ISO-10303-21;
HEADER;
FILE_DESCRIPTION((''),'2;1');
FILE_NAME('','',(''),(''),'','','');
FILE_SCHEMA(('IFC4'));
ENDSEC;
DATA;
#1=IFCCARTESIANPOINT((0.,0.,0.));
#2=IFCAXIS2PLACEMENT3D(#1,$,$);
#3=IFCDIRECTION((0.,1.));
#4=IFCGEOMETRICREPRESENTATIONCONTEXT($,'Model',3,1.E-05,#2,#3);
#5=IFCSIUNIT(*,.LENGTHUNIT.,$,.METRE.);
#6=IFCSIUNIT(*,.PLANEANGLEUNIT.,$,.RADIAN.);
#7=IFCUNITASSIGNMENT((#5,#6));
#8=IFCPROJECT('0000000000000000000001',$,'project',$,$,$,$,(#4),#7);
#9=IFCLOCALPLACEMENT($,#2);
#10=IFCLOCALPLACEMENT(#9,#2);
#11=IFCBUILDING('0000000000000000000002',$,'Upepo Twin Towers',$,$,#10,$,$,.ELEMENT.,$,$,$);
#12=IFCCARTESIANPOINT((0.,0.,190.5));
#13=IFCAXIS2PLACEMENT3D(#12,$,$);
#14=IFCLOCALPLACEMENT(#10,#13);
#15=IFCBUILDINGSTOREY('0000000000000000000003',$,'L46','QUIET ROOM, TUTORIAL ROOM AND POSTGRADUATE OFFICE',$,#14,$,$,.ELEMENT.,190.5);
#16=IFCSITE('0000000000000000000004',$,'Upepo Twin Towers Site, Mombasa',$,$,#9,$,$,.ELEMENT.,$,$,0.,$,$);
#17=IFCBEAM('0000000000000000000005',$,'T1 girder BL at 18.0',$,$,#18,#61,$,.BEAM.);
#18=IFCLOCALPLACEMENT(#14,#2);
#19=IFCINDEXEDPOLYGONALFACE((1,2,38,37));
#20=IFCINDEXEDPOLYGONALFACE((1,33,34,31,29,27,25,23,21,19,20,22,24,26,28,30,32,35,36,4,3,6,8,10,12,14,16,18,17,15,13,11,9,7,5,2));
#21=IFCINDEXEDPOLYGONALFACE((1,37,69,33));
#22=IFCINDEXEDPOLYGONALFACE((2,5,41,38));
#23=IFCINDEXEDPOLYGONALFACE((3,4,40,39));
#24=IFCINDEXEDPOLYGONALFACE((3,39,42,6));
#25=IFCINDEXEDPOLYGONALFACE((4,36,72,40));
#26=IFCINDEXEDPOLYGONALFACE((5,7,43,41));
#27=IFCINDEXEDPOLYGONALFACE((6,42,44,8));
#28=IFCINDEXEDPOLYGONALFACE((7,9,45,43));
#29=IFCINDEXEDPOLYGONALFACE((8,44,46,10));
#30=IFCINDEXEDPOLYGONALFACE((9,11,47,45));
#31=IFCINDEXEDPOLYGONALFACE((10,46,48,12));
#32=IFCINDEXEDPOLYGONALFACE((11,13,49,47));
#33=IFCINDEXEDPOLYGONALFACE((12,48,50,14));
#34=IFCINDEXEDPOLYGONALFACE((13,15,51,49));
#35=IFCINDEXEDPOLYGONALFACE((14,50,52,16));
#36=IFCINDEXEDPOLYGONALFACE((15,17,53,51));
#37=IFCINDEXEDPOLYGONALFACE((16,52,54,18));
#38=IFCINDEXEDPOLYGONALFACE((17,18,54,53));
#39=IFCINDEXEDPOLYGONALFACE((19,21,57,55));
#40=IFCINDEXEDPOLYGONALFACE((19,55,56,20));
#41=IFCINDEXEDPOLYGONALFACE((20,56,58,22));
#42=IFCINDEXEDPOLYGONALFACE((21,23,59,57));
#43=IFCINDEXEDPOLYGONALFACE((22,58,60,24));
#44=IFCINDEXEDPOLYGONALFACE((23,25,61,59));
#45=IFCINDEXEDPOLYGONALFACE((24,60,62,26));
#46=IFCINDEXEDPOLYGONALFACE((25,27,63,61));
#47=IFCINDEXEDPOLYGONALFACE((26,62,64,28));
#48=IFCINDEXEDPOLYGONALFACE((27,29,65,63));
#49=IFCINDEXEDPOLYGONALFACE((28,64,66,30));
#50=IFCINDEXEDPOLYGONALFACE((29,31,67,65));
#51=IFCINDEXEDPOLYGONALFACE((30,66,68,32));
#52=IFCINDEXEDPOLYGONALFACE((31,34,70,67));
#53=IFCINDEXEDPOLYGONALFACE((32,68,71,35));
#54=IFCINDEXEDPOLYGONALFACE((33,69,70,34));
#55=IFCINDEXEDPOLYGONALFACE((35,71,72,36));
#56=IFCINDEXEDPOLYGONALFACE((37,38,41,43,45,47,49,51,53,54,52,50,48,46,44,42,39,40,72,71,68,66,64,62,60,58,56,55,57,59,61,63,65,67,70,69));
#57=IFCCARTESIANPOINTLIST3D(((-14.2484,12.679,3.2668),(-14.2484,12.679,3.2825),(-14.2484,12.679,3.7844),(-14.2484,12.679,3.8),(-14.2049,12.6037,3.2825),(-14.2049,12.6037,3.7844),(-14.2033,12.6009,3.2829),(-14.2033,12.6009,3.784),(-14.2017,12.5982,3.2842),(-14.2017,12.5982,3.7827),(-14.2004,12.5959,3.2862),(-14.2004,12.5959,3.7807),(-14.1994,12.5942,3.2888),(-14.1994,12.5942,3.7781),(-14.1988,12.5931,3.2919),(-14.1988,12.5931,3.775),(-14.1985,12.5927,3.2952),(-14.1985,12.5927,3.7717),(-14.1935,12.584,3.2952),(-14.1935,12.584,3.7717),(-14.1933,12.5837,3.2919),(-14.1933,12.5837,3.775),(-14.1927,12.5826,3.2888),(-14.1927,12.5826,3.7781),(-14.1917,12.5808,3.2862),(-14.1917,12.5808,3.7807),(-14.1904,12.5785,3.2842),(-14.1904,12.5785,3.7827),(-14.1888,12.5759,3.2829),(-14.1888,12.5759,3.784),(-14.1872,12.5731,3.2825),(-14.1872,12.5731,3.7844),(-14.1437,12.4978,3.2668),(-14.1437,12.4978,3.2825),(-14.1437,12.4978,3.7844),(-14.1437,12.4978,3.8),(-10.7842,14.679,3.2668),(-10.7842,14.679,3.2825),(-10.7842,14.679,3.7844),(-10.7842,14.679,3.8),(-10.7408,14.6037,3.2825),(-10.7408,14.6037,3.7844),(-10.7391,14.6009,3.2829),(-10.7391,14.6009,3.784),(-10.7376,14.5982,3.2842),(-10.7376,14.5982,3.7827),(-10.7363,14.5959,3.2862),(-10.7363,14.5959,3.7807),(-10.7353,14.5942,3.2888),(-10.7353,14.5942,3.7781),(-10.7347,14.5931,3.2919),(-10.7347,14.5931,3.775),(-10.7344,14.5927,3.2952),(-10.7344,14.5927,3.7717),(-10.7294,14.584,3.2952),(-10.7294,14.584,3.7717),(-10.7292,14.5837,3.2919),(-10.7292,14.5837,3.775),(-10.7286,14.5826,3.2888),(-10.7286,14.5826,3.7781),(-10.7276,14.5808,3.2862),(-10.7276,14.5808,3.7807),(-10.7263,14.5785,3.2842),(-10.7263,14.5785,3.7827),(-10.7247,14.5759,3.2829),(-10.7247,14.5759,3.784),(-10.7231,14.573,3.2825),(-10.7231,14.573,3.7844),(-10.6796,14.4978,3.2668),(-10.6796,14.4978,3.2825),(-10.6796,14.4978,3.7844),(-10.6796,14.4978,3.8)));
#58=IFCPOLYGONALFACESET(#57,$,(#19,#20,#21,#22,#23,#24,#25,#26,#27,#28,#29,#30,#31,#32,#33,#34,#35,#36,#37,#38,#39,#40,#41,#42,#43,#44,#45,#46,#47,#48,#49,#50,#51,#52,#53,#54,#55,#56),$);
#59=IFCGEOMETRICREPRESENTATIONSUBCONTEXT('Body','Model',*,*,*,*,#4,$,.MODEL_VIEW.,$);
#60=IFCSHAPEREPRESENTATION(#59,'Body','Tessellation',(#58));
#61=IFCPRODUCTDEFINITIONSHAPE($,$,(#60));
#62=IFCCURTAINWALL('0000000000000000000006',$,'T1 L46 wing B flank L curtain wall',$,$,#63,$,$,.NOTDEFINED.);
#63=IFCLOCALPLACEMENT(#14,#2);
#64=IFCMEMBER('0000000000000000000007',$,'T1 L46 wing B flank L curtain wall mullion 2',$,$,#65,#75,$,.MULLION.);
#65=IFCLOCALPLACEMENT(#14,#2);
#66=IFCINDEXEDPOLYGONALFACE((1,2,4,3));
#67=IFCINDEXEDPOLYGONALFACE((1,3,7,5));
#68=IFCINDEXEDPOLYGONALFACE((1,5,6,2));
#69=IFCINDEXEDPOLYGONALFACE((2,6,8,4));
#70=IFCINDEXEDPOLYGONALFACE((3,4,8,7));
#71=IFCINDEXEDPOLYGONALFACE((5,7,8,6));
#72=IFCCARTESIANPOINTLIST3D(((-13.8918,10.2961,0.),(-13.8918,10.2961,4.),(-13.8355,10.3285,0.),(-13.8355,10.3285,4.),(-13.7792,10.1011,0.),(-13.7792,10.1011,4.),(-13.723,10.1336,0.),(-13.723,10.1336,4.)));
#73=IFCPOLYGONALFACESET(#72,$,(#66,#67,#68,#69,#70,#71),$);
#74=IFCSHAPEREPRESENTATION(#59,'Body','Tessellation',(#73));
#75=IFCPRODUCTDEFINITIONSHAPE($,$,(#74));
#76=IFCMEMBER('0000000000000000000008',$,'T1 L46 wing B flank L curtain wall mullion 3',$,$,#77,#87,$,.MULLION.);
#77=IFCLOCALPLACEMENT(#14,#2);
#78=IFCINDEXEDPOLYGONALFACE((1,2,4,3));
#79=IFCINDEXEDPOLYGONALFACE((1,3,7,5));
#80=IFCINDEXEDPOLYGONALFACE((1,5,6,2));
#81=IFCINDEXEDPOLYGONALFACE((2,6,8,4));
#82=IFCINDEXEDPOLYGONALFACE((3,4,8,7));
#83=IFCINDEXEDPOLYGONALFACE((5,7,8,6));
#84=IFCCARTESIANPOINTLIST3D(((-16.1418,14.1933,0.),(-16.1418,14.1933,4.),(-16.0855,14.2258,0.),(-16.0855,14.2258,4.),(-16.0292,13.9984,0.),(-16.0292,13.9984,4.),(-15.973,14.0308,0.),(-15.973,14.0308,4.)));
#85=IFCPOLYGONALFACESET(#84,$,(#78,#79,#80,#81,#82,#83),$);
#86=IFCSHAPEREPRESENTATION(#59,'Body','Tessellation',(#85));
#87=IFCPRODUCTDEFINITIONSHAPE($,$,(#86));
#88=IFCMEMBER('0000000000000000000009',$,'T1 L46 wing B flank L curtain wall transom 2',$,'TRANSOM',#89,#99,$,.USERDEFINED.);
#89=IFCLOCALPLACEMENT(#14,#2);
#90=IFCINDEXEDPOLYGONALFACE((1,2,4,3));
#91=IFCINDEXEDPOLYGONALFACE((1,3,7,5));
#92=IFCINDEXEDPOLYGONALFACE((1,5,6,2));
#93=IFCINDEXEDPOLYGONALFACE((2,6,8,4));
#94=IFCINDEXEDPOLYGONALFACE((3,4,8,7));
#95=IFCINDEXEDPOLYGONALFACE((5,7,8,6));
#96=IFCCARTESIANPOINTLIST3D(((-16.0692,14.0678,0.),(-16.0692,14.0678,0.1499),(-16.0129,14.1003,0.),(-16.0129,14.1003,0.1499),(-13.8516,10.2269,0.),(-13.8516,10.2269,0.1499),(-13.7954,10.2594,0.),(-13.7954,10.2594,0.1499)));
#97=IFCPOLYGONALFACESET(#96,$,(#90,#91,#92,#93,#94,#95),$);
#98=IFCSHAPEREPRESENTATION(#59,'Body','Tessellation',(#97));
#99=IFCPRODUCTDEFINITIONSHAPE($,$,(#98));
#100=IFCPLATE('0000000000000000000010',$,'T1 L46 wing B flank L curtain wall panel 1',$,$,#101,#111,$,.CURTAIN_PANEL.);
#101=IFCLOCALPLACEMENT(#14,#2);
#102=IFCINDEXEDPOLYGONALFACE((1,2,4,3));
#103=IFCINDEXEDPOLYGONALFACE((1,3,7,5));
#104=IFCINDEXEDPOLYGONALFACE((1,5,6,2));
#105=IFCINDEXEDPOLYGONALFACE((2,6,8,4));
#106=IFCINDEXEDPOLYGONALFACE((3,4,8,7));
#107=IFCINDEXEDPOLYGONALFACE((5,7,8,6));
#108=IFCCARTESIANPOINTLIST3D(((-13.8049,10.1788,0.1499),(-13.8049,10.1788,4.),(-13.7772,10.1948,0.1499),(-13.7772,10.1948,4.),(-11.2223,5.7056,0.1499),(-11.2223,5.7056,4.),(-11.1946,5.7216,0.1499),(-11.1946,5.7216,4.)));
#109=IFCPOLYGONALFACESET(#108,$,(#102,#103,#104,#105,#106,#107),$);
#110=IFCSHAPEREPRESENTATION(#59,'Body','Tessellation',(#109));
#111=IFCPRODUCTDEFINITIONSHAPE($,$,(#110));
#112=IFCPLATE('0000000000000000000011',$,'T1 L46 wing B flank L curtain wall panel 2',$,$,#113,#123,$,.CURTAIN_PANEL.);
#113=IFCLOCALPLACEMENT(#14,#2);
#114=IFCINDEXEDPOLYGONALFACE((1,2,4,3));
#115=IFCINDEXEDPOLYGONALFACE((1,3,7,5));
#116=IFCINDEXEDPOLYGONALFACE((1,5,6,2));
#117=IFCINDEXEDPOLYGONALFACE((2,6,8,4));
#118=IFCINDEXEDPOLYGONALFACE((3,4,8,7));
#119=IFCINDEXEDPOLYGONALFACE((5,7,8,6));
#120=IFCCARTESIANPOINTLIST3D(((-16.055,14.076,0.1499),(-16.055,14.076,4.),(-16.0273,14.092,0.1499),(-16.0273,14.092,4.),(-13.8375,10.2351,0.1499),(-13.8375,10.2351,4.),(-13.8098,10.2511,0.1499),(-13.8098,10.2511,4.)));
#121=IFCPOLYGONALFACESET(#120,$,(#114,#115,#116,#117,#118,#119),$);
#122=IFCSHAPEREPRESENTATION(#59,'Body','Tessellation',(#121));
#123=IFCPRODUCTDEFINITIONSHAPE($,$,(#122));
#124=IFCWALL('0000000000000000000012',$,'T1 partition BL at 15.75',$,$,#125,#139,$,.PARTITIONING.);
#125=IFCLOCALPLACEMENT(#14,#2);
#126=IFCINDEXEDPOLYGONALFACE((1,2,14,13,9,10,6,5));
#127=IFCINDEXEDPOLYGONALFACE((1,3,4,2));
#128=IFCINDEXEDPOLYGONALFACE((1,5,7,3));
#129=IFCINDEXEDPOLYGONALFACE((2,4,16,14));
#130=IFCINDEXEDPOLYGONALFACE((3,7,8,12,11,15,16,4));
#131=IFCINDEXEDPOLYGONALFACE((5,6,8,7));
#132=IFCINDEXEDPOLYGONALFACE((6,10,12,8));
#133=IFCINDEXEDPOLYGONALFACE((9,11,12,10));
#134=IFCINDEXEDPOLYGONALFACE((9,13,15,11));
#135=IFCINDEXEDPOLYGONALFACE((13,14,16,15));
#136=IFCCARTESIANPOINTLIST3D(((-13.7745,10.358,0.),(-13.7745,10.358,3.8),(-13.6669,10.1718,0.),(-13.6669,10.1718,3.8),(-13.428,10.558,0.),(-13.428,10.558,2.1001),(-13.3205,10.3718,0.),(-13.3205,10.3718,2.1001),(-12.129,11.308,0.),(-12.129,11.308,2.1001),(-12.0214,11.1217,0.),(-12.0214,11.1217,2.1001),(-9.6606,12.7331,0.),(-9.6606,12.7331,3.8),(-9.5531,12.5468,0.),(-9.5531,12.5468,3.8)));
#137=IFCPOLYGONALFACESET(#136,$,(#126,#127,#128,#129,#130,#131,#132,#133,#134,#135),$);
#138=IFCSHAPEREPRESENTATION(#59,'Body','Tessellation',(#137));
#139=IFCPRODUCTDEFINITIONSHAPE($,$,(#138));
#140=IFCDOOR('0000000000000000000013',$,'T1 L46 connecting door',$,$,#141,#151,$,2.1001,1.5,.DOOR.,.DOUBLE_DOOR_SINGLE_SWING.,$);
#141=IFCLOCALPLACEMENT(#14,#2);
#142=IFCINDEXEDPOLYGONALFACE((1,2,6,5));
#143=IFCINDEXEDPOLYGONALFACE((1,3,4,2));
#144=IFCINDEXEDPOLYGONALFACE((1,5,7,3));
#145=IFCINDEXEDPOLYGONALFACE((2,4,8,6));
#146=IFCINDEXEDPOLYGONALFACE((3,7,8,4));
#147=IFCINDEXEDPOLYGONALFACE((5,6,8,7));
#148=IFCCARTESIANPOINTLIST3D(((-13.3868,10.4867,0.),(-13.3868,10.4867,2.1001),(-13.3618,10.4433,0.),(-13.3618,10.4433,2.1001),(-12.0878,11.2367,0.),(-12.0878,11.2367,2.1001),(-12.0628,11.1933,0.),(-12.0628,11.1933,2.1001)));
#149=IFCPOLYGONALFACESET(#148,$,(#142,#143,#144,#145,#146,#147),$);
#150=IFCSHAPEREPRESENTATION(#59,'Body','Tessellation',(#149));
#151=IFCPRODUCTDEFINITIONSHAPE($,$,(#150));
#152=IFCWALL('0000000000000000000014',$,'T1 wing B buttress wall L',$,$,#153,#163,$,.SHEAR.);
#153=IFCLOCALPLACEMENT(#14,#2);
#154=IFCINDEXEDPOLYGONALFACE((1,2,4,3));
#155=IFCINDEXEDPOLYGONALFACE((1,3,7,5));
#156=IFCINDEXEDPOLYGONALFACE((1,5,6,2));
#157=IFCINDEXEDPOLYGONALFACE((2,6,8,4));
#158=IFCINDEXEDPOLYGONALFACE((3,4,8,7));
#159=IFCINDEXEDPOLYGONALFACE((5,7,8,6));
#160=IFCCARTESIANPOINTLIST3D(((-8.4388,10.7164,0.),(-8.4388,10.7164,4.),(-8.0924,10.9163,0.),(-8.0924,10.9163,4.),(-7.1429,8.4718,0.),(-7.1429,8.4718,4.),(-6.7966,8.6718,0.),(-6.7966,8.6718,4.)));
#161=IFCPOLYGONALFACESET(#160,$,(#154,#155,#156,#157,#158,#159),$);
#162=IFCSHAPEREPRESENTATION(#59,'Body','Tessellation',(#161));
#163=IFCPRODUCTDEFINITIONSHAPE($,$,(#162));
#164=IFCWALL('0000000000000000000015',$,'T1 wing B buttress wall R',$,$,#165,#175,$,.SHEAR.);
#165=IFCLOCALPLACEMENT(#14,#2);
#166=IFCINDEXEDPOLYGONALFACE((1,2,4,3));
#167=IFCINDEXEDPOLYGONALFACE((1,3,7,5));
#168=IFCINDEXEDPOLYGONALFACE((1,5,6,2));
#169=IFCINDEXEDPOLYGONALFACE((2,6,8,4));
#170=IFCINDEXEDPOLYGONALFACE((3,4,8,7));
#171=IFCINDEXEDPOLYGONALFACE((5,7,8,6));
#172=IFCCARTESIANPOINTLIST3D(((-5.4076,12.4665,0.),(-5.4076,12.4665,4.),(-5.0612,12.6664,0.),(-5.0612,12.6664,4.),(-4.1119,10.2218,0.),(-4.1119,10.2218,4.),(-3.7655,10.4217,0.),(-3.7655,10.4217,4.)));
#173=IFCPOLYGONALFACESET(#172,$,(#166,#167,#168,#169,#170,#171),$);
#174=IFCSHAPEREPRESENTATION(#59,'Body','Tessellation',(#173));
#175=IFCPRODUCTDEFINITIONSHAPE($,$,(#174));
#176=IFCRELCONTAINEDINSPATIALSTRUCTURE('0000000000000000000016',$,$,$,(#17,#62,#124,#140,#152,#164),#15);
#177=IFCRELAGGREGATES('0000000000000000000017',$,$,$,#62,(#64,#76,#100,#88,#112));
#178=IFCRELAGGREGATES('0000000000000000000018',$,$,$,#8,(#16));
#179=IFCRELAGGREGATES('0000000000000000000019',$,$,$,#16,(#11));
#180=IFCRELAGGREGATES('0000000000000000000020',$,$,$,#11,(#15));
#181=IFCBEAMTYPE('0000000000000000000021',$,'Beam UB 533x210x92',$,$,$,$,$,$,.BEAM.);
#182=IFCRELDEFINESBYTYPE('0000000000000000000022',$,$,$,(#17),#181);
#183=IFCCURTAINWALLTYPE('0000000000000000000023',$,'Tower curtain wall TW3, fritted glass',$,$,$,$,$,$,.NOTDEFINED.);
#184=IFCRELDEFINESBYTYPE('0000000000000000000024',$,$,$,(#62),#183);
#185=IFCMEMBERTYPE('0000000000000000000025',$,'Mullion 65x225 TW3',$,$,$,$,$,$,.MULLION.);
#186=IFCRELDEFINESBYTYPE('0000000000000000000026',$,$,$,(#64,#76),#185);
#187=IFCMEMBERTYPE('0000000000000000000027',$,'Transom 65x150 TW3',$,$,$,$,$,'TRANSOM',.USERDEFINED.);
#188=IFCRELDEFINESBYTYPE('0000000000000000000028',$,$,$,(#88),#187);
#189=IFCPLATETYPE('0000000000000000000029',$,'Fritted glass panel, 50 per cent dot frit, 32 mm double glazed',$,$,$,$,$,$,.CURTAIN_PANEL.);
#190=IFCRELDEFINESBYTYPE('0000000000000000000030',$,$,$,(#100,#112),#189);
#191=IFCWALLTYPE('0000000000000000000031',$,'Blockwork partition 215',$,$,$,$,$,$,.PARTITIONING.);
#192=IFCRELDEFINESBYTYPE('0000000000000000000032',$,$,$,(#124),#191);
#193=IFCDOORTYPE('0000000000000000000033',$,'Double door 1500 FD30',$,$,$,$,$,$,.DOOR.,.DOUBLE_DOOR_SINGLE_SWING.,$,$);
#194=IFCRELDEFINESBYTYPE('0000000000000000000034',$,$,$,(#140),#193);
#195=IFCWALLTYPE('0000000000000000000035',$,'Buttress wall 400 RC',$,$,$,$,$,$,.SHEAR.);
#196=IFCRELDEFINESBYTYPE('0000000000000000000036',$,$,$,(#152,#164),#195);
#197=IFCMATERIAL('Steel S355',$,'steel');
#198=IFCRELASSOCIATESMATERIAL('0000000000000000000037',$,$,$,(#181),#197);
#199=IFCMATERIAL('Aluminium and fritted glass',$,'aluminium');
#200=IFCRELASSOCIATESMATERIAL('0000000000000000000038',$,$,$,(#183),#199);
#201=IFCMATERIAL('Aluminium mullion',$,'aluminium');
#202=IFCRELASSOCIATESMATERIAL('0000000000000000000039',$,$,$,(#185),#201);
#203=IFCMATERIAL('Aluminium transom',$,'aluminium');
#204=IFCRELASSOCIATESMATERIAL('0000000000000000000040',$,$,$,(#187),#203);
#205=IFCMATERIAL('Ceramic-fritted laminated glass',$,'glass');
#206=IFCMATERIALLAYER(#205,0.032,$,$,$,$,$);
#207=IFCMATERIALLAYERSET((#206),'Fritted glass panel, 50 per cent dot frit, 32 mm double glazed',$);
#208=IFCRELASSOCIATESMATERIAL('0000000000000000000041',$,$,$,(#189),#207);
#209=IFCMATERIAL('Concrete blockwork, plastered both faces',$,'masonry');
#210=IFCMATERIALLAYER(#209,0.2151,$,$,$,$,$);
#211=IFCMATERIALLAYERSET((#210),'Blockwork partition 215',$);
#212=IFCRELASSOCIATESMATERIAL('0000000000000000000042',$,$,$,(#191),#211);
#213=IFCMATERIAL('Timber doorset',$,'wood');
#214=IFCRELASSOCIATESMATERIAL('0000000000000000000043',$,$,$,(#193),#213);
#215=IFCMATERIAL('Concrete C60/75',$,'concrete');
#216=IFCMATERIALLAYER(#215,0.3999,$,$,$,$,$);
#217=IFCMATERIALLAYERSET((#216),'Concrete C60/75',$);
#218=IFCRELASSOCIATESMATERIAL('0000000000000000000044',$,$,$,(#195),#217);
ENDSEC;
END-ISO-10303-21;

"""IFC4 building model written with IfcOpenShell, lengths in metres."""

from ifc_helpers import new_model, si_unit, direction, frame, frame_2d, origin, origin_2d, place, context, subcontext, project, spatial, rectangle, i_section, extrude, material, layer, layer_set, material_profile, profile_set, type_object, element, fill, aggregate, save


model = new_model("IFC4")

# Units and contexts
model_context = context("Model", 3, precision=1e-05, world=origin(), true_north=direction((0.0, 1.0)))
body_context = subcontext(model_context, "Body", "Model", "MODEL_VIEW")
ifc_project = project(units=[si_unit("LENGTHUNIT", "METRE"), si_unit("PLANEANGLEUNIT", "RADIAN")], contexts=[model_context])

# Site, building, storey
site_placement = place(None, origin())
site = spatial("IfcSite", under=ifc_project, at=site_placement, Name="Upepo Twin Towers Site, Mombasa", CompositionType="ELEMENT", RefElevation=0.0)
building_placement = place(site_placement, origin())
building = spatial("IfcBuilding", under=site, at=building_placement, Name="Upepo Twin Towers", CompositionType="ELEMENT")
storey_placement = place(building_placement, frame((0.0, 0.0, 190.5)))
storey = spatial("IfcBuildingStorey", under=building, at=storey_placement, Name="L46", Description="QUIET ROOM, TUTORIAL ROOM AND POSTGRADUATE OFFICE", CompositionType="ELEMENT", Elevation=190.5)

# Beam
ifc_material_1 = material(Name="Steel S355", Category="steel")
ifc_material_profile_1 = material_profile(ifc_material_1, i_section(OverallWidth=0.2092, OverallDepth=0.5332, WebThickness=0.01, FlangeThickness=0.0156, FilletRadius=0.0127, at=origin_2d()), Name="UB 533x210x92")
ifc_profile_set_1 = profile_set([ifc_material_profile_1], Name="Steel S355")
beam_type_1 = type_object("IfcBeamType", Name="Beam UB 533x210x92", PredefinedType="BEAM", material=ifc_profile_set_1)
for number, where, z_axis, x_axis, name in (
    (1, (-14.196, 12.5884, 3.5334), (0.866026, 0.499999, 0.0), (-0.499999, 0.866026, 0.0), "T1 girder BL at 18.0"),
):
    element("IfcBeam", number, at=place(storey_placement, frame(where, z_axis=z_axis, x_axis=x_axis)), inside=storey, type_object=beam_type_1, Name=name, PredefinedType="BEAM", context=body_context, shape_type="SweptSolid", body=[
        extrude(i_section(OverallWidth=0.2092, OverallDepth=0.5332, WebThickness=0.01, FlangeThickness=0.0156, FilletRadius=0.0127, at=origin_2d()), origin(), (0.0, 0.0, 1.0), 4.0),
    ])

# Curtain wall, members, plates
ifc_material_2 = material(Name="Aluminium and fritted glass", Category="aluminium")
curtain_wall_type = type_object("IfcCurtainWallType", Name="Tower curtain wall TW3, fritted glass", PredefinedType="NOTDEFINED", material=ifc_material_2)
curtain_wall_placement = place(storey_placement, origin())
curtain_wall = element("IfcCurtainWall", 2, at=curtain_wall_placement, inside=storey, type_object=curtain_wall_type, Name="T1 L46 wing B flank L curtain wall", PredefinedType="NOTDEFINED")
ifc_material_3 = material(Name="Aluminium mullion", Category="aluminium")
ifc_material_profile_2 = material_profile(ifc_material_3, rectangle(XDim=0.0649, YDim=0.2251, at=origin_2d()), Name="MULLION 65x225")
ifc_profile_set_2 = profile_set([ifc_material_profile_2], Name="Aluminium mullion")
member_type_1 = type_object("IfcMemberType", Name="Mullion 65x225 TW3", PredefinedType="MULLION", material=ifc_profile_set_2)
member_1_placement = place(storey_placement, frame((-13.8074, 10.2148, 0.0), z_axis=(0.0, 0.0, 1.0), x_axis=(-0.866025, -0.5, 0.0)))
member_1 = element("IfcMember", 3, at=member_1_placement, type_object=member_type_1, Name="T1 L46 wing B flank L curtain wall mullion 2", PredefinedType="MULLION", context=body_context, shape_type="SweptSolid", body=[
    extrude(rectangle(XDim=0.0649, YDim=0.2251, at=origin_2d()), origin(), (0.0, 0.0, 1.0), 4.0),
])
member_2_placement = place(storey_placement, frame((-16.0574, 14.1121, 0.0), z_axis=(0.0, 0.0, 1.0), x_axis=(-0.866025, -0.5, 0.0)))
member_2 = element("IfcMember", 4, at=member_2_placement, type_object=member_type_1, Name="T1 L46 wing B flank L curtain wall mullion 3", PredefinedType="MULLION", context=body_context, shape_type="SweptSolid", body=[
    extrude(rectangle(XDim=0.0649, YDim=0.2251, at=origin_2d()), origin(), (0.0, 0.0, 1.0), 4.0),
])
ifc_material_4 = material(Name="Aluminium transom", Category="aluminium")
ifc_material_profile_3 = material_profile(ifc_material_4, rectangle(XDim=0.0649, YDim=0.1499, at=origin_2d()), Name="TRANSOM 65x150")
ifc_profile_set_3 = profile_set([ifc_material_profile_3], Name="Aluminium transom")
member_type_2 = type_object("IfcMemberType", Name="Transom 65x150 TW3", ElementType="TRANSOM", PredefinedType="USERDEFINED", material=ifc_profile_set_3)
member_3_placement = place(storey_placement, frame((-13.8235, 10.2432, 0.075), z_axis=(-0.500005, 0.866022, 0.0), x_axis=(-0.866022, -0.500005, 0.0)))
member_3 = element("IfcMember", 5, at=member_3_placement, type_object=member_type_2, Name="T1 L46 wing B flank L curtain wall transom 2", ObjectType="TRANSOM", PredefinedType="USERDEFINED", context=body_context, shape_type="SweptSolid", body=[
    extrude(rectangle(XDim=0.0649, YDim=0.1499, at=origin_2d()), origin(), (0.0, 0.0, 1.0), 4.4351),
])
ifc_material_5 = material(Name="Ceramic-fritted laminated glass", Category="glass")
ifc_layer_1 = layer(ifc_material_5, 0.032)
ifc_layer_set_1 = layer_set([ifc_layer_1], Name="Fritted glass panel, 50 per cent dot frit, 32 mm double glazed")
plate_type = type_object("IfcPlateType", Name="Fritted glass panel, 50 per cent dot frit, 32 mm double glazed", PredefinedType="CURTAIN_PANEL", material=ifc_layer_set_1)
plate_1_placement = place(storey_placement, frame((-12.4998, 7.9502, 0.1499), z_axis=(0.0, 0.0, 1.0), x_axis=(-0.5, 0.866025, 0.0)))
plate_1 = element("IfcPlate", 6, at=plate_1_placement, type_object=plate_type, Name="T1 L46 wing B flank L curtain wall panel 1", PredefinedType="CURTAIN_PANEL", context=body_context, shape_type="SweptSolid", body=[
    extrude(rectangle(XDim=5.1653, YDim=0.032, at=origin_2d()), origin(), (0.0, 0.0, 1.0), 3.8501),
])
plate_2_placement = place(storey_placement, frame((-14.9324, 12.1636, 0.1499), z_axis=(0.0, 0.0, 1.0), x_axis=(-0.5, 0.866025, 0.0)))
plate_2 = element("IfcPlate", 7, at=plate_2_placement, type_object=plate_type, Name="T1 L46 wing B flank L curtain wall panel 2", PredefinedType="CURTAIN_PANEL", context=body_context, shape_type="SweptSolid", body=[
    extrude(rectangle(XDim=4.4351, YDim=0.032, at=origin_2d()), origin(), (0.0, 0.0, 1.0), 3.8501),
])
aggregate(curtain_wall, [member_1, member_2, plate_1, member_3, plate_2])

# Wall, opening, door
ifc_material_6 = material(Name="Concrete blockwork, plastered both faces", Category="masonry")
ifc_layer_2 = layer(ifc_material_6, 0.2151)
ifc_layer_set_2 = layer_set([ifc_layer_2], Name="Blockwork partition 215")
wall_type_1 = type_object("IfcWallType", Name="Blockwork partition 215", PredefinedType="PARTITIONING", material=ifc_layer_set_2)
wall_1_placement = place(storey_placement, frame((-9.6069, 12.6399, 0.0), z_axis=(0.0, 0.0, 1.0), x_axis=(-0.866033, -0.499986, 0.0)))
wall_1 = element("IfcWall", 8, at=wall_1_placement, inside=storey, type_object=wall_type_1, Name="T1 partition BL at 15.75", PredefinedType="PARTITIONING", context=body_context, shape_type="SweptSolid", body=[
    extrude(rectangle(XDim=4.7502, YDim=0.2151, at=frame_2d((2.375, 0.0))), origin(), (0.0, 0.0, 1.0), 3.8),
])
opening_1_placement = place(wall_1_placement, frame((2.8501, 0.0, 0.0)))
opening_1 = element("IfcOpeningElement", 9, at=opening_1_placement, cuts=wall_1, PredefinedType="OPENING", context=body_context, shape_type="SweptSolid", body=[
    extrude(rectangle(XDim=1.5, YDim=2.1001, at=frame_2d((0.75, 1.05))), frame((0.0, 0.1174, 0.0), z_axis=(0.0, -1.0, 0.0), x_axis=(1.0, 0.0, 0.0)), (0.0, 0.0, 1.0), 0.2351),
])
ifc_material_7 = material(Name="Timber doorset", Category="wood")
door_type_1 = type_object("IfcDoorType", Name="Double door 1500 FD30", OperationType="DOUBLE_DOOR_SINGLE_SWING", PredefinedType="DOOR", material=ifc_material_7)
door_1_placement = place(opening_1_placement, origin())
door_1 = element("IfcDoor", 10, at=door_1_placement, inside=storey, type_object=door_type_1, Name="T1 L46 connecting door", OperationType="DOUBLE_DOOR_SINGLE_SWING", OverallHeight=2.1001, OverallWidth=1.5, PredefinedType="DOOR", context=body_context, shape_type="SweptSolid", body=[
    extrude(rectangle(XDim=1.5, YDim=2.1001, at=frame_2d((0.75, 1.05))), frame((0.0, 0.0249, 0.0), z_axis=(0.0, -1.0, 0.0), x_axis=(1.0, 0.0, 0.0)), (0.0, 0.0, 1.0), 0.05),
])
fill(opening_1, door_1)

# Walls
ifc_material_8 = material(Name="Concrete C60/75", Category="concrete")
ifc_layer_3 = layer(ifc_material_8, 0.3999)
ifc_layer_set_3 = layer_set([ifc_layer_3], Name="Concrete C60/75")
wall_type_2 = type_object("IfcWallType", Name="Buttress wall 400 RC", PredefinedType="SHEAR", material=ifc_layer_set_3)
for number, where, z_axis, x_axis, name in (
    (11, (-6.9697, 8.5718, 0.0), (0.0, 0.0, 1.0), (-0.499989, 0.866032, 0.0), "T1 wing B buttress wall L"),
    (12, (-3.9387, 10.3218, 0.0), (0.0, 0.0, 1.0), (-0.499918, 0.866073, 0.0), "T1 wing B buttress wall R"),
):
    element("IfcWall", number, at=place(storey_placement, frame(where, z_axis=z_axis, x_axis=x_axis)), inside=storey, type_object=wall_type_2, Name=name, PredefinedType="SHEAR", context=body_context, shape_type="SweptSolid", body=[
        extrude(rectangle(XDim=2.5918, YDim=0.3999, at=frame_2d((1.2959, 0.0))), origin(), (0.0, 0.0, 1.0), 4.0),
    ])

save(model, "model.ifc")
